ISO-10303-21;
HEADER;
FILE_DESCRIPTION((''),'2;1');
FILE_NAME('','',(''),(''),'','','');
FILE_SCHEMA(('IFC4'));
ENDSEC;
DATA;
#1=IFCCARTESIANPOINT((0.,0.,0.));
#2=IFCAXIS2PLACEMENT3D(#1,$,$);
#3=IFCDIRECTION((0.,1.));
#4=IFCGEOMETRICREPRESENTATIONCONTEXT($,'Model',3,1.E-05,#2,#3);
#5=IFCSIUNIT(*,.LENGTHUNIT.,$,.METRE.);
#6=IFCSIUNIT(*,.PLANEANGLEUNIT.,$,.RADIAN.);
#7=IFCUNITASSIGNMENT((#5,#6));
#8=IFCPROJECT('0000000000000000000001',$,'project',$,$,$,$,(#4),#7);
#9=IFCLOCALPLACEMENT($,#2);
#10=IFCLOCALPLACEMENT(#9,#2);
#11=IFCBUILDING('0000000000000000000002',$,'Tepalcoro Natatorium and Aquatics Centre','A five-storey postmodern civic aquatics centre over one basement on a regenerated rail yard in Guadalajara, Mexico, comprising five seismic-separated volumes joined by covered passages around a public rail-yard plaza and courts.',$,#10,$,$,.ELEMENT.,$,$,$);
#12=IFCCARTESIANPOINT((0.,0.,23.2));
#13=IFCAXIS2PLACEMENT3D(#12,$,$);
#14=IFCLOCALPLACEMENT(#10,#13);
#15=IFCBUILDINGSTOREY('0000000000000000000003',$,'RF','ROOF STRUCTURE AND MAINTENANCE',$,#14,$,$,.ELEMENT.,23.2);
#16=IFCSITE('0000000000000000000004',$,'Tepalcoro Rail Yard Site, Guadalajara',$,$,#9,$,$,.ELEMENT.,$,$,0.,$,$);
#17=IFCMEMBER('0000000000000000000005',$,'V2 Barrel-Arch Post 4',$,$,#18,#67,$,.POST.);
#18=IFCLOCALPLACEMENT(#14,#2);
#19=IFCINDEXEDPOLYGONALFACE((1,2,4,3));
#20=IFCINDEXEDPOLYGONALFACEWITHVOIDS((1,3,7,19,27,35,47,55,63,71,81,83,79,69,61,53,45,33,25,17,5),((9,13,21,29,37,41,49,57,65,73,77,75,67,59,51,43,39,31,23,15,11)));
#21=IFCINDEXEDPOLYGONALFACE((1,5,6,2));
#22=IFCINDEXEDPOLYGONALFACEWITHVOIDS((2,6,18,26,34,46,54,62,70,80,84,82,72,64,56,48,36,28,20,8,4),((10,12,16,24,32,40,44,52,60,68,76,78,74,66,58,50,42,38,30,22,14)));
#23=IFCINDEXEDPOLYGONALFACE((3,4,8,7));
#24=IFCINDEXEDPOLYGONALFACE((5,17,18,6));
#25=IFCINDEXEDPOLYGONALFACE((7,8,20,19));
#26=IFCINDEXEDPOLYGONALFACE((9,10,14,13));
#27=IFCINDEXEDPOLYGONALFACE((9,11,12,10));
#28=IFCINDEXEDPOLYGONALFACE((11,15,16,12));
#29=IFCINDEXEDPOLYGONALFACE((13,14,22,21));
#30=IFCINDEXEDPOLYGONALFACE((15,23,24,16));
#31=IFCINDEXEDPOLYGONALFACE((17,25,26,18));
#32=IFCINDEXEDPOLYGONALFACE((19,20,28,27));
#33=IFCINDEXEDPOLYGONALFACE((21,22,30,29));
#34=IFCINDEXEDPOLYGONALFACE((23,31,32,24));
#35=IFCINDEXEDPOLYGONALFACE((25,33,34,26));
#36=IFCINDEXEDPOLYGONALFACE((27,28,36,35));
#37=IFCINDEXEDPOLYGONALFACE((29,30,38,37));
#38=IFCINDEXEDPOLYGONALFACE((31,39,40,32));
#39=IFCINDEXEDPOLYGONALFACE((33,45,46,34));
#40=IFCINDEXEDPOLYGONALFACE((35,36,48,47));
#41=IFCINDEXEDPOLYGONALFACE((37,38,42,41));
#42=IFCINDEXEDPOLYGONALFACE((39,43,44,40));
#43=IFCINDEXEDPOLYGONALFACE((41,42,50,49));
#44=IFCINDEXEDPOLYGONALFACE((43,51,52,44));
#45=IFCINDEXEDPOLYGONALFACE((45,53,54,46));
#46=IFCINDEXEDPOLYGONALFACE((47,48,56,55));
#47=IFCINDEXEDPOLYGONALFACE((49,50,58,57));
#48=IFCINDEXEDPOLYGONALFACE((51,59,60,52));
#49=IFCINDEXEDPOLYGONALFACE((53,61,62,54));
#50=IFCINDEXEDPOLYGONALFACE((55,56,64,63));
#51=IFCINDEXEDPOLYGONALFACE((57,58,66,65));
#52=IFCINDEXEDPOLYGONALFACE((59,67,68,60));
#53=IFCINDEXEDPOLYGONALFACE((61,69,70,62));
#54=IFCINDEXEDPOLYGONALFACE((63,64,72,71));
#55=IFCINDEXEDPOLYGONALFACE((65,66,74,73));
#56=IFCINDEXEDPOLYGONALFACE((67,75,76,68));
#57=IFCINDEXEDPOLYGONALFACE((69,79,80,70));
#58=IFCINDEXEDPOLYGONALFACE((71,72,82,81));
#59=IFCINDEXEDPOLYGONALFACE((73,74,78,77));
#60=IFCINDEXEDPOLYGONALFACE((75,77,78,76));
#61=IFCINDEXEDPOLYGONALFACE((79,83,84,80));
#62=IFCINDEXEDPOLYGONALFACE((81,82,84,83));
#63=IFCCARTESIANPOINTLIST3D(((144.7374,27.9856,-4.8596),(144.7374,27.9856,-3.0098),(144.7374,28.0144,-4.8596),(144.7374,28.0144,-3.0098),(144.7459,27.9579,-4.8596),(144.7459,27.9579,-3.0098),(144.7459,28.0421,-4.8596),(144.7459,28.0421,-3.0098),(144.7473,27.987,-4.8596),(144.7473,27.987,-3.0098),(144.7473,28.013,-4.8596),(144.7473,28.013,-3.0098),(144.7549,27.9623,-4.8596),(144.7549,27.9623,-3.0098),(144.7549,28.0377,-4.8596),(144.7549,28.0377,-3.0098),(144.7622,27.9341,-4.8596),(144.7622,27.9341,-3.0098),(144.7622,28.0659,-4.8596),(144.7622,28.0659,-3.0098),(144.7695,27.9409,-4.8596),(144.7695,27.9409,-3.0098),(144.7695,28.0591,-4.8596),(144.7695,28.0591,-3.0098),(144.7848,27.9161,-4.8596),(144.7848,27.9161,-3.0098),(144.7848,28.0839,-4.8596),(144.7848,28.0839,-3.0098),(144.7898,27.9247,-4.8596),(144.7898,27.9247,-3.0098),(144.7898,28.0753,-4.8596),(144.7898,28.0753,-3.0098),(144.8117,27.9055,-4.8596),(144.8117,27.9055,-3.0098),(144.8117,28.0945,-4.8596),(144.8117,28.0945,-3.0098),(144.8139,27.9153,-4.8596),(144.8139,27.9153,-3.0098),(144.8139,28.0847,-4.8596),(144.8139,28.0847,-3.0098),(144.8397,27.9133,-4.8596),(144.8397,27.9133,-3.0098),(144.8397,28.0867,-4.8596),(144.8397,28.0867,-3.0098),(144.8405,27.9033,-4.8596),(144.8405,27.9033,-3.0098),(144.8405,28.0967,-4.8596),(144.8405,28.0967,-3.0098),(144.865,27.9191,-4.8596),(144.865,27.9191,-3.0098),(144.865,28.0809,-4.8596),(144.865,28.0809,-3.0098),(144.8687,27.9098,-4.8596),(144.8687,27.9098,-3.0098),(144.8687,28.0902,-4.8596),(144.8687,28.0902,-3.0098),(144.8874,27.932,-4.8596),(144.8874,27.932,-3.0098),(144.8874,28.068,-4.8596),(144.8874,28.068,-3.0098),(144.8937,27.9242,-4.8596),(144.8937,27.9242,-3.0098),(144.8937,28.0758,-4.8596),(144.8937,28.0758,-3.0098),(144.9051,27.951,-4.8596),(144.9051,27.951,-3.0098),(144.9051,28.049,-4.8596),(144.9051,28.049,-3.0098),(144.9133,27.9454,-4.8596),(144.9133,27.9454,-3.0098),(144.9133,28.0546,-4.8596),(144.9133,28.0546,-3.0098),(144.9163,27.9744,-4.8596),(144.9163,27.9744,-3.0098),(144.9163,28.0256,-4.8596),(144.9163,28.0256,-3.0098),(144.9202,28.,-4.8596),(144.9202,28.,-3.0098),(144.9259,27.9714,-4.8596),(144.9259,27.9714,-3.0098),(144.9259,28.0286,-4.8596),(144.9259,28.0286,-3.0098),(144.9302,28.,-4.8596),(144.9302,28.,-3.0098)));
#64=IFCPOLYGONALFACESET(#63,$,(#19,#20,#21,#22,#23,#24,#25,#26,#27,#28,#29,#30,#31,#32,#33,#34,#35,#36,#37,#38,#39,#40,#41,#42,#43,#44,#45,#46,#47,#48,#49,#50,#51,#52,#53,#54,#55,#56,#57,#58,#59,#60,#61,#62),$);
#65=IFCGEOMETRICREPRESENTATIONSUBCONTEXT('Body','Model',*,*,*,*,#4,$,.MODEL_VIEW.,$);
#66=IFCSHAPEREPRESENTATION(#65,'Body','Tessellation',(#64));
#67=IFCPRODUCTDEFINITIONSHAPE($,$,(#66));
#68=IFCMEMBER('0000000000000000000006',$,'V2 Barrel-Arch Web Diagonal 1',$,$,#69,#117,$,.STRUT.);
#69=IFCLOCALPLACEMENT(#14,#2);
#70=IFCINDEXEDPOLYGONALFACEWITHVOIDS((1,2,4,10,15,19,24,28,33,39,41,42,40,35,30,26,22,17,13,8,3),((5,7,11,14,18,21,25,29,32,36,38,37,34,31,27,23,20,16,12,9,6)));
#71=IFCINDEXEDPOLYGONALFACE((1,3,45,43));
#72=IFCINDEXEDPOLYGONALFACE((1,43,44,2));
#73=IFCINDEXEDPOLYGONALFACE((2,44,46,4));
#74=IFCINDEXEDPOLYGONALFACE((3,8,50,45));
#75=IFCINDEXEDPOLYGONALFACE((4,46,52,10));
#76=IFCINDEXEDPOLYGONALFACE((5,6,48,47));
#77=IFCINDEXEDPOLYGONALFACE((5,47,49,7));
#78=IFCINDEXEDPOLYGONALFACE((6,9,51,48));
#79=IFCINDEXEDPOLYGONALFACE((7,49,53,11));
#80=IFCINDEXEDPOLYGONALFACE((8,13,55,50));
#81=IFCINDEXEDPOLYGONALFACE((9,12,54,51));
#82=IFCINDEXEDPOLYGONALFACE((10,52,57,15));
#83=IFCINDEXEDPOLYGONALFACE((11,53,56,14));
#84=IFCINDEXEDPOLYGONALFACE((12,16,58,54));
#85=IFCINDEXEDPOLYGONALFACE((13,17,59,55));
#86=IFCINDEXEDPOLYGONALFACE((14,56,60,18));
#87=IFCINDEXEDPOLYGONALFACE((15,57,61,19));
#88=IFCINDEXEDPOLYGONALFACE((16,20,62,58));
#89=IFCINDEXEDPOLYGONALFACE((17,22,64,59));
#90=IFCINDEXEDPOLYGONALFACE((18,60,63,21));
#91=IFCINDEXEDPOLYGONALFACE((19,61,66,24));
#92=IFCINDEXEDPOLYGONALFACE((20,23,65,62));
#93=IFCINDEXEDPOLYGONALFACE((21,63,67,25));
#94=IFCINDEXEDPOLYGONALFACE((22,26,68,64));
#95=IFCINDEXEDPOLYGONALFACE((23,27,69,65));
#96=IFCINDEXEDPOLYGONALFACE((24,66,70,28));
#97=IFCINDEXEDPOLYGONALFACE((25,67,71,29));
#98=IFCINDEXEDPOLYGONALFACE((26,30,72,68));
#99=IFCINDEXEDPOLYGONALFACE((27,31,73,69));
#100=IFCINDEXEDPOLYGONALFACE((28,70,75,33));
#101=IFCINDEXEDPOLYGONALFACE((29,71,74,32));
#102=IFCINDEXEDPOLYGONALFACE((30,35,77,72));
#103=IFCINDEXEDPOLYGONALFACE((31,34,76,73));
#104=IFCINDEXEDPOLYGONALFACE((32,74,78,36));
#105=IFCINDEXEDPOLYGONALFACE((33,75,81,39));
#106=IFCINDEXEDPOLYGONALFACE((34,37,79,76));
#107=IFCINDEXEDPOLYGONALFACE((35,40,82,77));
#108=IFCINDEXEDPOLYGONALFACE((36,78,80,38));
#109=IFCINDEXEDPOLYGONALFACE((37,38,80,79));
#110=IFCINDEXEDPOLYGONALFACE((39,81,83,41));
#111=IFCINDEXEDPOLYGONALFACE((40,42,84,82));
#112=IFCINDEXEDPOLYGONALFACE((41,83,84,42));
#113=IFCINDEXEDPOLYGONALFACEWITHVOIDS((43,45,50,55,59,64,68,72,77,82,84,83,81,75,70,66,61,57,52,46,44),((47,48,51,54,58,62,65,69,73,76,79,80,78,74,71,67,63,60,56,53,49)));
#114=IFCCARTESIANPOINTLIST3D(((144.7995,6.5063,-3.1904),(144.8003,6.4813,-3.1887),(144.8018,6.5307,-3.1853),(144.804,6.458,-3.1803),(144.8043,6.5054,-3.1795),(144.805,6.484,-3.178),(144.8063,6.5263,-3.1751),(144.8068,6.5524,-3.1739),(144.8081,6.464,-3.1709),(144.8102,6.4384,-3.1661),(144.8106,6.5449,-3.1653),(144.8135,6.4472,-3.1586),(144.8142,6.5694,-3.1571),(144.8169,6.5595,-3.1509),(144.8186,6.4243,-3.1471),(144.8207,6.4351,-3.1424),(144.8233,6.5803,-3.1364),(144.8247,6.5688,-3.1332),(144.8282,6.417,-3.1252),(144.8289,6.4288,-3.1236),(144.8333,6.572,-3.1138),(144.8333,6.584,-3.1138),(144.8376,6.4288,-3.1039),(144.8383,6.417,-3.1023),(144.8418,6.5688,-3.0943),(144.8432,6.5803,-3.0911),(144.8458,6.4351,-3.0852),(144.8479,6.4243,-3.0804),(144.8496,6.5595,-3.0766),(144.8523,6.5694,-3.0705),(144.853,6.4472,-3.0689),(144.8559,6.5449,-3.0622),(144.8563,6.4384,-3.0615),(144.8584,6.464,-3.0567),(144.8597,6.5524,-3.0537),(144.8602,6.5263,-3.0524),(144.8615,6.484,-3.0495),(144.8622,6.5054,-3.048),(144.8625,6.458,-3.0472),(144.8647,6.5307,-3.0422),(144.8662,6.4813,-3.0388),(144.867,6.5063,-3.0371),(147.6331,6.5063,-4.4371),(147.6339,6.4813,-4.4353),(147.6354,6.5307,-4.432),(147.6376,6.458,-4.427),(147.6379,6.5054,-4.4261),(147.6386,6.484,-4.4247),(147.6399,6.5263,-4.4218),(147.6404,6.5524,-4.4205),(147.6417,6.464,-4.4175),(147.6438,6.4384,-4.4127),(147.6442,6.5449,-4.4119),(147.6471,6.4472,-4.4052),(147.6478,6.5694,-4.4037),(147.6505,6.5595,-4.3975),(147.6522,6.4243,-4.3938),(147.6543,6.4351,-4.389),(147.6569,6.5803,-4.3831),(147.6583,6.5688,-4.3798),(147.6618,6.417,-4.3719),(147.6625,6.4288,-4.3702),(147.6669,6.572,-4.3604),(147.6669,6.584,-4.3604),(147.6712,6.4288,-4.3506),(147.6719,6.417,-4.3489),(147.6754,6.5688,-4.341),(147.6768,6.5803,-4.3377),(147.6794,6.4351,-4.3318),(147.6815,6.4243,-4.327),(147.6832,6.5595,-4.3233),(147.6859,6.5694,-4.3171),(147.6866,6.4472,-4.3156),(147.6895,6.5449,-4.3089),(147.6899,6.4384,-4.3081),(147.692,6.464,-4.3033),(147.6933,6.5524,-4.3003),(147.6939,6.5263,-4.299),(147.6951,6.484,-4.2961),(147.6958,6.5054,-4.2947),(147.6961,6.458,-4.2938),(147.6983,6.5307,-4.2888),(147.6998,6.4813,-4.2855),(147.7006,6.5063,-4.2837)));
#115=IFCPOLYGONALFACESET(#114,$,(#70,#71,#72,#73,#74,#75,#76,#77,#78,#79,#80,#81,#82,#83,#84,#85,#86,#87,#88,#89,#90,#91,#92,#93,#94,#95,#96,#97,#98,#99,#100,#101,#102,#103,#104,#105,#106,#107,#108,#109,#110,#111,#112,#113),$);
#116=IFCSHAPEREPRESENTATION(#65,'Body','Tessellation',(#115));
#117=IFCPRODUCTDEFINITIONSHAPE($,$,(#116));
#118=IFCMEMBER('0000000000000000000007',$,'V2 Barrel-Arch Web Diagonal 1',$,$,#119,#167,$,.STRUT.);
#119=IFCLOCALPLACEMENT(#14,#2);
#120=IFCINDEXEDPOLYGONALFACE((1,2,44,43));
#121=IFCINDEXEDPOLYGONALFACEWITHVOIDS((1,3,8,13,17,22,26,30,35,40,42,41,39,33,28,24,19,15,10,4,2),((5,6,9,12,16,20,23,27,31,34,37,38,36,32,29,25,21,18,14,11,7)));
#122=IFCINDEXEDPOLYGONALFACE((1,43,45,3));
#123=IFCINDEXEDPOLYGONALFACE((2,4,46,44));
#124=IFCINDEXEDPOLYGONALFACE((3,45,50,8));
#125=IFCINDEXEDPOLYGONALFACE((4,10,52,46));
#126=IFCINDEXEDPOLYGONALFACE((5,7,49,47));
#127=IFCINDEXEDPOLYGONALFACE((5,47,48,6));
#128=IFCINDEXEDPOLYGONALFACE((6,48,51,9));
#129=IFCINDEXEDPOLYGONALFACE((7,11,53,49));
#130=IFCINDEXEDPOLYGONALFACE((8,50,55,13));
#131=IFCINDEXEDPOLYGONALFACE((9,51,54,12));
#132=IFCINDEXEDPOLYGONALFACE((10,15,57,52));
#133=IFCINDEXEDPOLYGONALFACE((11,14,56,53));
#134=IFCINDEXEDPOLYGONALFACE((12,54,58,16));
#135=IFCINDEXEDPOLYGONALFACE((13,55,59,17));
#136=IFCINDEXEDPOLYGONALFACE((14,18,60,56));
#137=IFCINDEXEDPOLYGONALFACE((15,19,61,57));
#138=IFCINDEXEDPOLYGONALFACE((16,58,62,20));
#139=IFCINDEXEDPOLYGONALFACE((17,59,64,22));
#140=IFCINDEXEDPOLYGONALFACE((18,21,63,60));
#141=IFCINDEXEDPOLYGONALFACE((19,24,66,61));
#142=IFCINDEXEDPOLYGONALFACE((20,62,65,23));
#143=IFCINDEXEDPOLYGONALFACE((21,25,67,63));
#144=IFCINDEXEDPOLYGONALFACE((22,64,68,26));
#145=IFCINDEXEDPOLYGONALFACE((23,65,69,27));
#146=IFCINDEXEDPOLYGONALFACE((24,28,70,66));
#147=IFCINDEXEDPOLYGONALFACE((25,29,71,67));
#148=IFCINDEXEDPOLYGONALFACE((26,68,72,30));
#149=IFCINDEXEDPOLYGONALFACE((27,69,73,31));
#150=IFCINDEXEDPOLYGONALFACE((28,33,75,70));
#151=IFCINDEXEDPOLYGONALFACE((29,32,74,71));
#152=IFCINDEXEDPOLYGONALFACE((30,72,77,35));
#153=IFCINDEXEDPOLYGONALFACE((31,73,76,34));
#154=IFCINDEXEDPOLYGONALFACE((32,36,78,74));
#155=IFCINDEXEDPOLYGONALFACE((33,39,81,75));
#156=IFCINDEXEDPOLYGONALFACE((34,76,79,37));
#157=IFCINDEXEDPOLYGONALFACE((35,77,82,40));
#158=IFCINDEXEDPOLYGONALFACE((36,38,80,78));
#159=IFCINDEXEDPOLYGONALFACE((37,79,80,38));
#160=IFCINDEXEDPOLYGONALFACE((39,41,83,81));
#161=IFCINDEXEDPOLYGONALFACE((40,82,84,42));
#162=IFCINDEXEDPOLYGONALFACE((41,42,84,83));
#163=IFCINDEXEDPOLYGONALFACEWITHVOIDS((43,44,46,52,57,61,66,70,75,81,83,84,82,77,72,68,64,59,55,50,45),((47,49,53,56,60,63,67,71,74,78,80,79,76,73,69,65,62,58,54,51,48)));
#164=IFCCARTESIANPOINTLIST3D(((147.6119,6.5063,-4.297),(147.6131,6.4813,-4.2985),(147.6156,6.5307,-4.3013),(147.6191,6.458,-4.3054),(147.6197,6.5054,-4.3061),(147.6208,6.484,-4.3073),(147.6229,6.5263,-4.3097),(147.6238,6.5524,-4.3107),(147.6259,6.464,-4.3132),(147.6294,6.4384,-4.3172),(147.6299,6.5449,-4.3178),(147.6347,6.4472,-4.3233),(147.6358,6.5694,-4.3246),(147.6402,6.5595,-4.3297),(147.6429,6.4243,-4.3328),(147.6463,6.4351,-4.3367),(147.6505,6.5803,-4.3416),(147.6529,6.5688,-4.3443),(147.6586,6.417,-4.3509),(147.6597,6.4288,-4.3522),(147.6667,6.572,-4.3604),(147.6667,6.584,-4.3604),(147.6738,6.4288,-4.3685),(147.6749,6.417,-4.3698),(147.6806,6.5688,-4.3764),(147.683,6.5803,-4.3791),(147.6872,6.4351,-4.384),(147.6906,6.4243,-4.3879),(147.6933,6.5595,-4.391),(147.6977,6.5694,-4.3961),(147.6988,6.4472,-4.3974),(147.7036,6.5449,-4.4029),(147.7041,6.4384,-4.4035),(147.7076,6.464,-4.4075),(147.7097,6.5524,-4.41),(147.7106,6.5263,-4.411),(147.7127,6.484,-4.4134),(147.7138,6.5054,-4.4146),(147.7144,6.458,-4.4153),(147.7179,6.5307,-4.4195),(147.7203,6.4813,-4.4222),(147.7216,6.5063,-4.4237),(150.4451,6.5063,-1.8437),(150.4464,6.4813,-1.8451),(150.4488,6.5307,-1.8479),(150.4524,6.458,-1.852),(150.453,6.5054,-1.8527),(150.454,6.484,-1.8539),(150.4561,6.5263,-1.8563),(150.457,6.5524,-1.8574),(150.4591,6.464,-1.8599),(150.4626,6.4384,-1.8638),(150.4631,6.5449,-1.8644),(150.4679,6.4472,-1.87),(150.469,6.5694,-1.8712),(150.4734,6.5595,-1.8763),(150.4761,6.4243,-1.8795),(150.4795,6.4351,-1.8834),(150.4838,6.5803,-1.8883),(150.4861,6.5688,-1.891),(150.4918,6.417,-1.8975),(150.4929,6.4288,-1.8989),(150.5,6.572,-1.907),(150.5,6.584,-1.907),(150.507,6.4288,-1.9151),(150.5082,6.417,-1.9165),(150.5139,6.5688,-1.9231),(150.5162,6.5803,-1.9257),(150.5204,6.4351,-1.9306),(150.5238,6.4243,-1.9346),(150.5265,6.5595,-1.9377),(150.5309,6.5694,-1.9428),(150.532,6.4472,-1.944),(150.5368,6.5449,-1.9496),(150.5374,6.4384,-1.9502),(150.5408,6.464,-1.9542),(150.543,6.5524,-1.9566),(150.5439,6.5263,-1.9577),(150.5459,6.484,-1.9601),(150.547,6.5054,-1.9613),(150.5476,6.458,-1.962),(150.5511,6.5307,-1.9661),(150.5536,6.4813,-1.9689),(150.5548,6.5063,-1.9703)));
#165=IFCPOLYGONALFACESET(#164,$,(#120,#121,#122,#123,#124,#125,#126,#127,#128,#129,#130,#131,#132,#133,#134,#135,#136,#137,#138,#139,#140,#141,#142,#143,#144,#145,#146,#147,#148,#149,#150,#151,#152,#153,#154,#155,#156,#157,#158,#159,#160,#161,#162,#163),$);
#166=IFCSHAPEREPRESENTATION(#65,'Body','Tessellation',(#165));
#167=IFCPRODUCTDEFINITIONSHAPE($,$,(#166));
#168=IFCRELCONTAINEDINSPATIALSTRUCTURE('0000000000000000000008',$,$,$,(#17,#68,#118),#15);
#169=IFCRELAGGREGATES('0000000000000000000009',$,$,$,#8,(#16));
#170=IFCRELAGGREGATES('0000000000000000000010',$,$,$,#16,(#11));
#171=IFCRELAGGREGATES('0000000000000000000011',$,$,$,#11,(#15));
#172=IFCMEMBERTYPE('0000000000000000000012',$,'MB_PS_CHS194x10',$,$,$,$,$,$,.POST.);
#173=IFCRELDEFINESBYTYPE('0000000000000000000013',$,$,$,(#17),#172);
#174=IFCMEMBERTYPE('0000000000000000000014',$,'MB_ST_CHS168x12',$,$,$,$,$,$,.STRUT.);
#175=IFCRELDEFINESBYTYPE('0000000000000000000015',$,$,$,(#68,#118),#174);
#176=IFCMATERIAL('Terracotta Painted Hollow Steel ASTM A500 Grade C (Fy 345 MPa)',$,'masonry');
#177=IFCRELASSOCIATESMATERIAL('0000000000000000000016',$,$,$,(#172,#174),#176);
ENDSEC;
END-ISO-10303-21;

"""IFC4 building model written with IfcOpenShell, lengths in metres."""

from ifc_helpers import new_model, si_unit, direction, frame, origin, origin_2d, place, context, subcontext, project, spatial, hollow_circle, extrude, material, material_profile, profile_set, type_object, element, save


model = new_model("IFC4")

# Units and contexts
model_context = context("Model", 3, precision=1e-05, world=origin(), true_north=direction((0.0, 1.0)))
body_context = subcontext(model_context, "Body", "Model", "MODEL_VIEW")
ifc_project = project(units=[si_unit("LENGTHUNIT", "METRE"), si_unit("PLANEANGLEUNIT", "RADIAN")], contexts=[model_context])

# Site, building, storey
site_placement = place(None, origin())
site = spatial("IfcSite", under=ifc_project, at=site_placement, Name="Tepalcoro Rail Yard Site, Guadalajara", CompositionType="ELEMENT", RefElevation=0.0)
building_placement = place(site_placement, origin())
building = spatial("IfcBuilding", under=site, at=building_placement, Name="Tepalcoro Natatorium and Aquatics Centre", Description="A five-storey postmodern civic aquatics centre over one basement on a regenerated rail yard in Guadalajara, Mexico, comprising five seismic-separated volumes joined by covered passages around a public rail-yard plaza and courts.", CompositionType="ELEMENT")
storey_placement = place(building_placement, frame((0.0, 0.0, 23.2)))
storey = spatial("IfcBuildingStorey", under=building, at=storey_placement, Name="RF", Description="ROOF STRUCTURE AND MAINTENANCE", CompositionType="ELEMENT", Elevation=23.2)

# Shared definitions
ifc_material = material(Name="Terracotta Painted Hollow Steel ASTM A500 Grade C (Fy 345 MPa)", Category="masonry")

# Members
ifc_material_profile_1 = material_profile(ifc_material, hollow_circle(Radius=0.0969, WallThickness=0.01, at=origin_2d()), Name="CHS194X10")
ifc_profile_set_1 = profile_set([ifc_material_profile_1], Name="Terracotta Painted Hollow Steel ASTM A500 Grade C (Fy 345 MPa)")
member_type_1 = type_object("IfcMemberType", Name="MB_PS_CHS194x10", PredefinedType="POST", material=ifc_profile_set_1)
for number, where, z_axis, x_axis, name in (
    (1, (144.8333, 28.0, -4.8596), (0.0, 0.0, 1.0), (1.0, 0.0, 0.0), "V2 Barrel-Arch Post 4"),
):
    element("IfcMember", number, at=place(storey_placement, frame(where, z_axis=z_axis, x_axis=x_axis)), inside=storey, type_object=member_type_1, Name=name, PredefinedType="POST", context=body_context, shape_type="SweptSolid", body=[
        extrude(hollow_circle(Radius=0.0969, WallThickness=0.01, at=origin_2d()), origin(), (0.0, 0.0, 1.0), 1.8499),
    ])
ifc_material_profile_2 = material_profile(ifc_material, hollow_circle(Radius=0.084, WallThickness=0.012, at=origin_2d()), Name="CHS168X12")
ifc_profile_set_2 = profile_set([ifc_material_profile_2], Name="Terracotta Painted Hollow Steel ASTM A500 Grade C (Fy 345 MPa)")
member_type_2 = type_object("IfcMemberType", Name="MB_ST_CHS168x12", PredefinedType="STRUT", material=ifc_profile_set_2)
member_1_placement = place(storey_placement, frame((144.8333, 6.5, -3.1138), z_axis=(0.915334, 0.0, -0.402696), x_axis=(0.0, 1.0, 0.0)))
element("IfcMember", 2, at=member_1_placement, inside=storey, type_object=member_type_2, Name="V2 Barrel-Arch Web Diagonal 1", PredefinedType="STRUT", context=body_context, shape_type="SweptSolid", body=[
    extrude(hollow_circle(Radius=0.084, WallThickness=0.012, at=origin_2d()), origin(), (0.0, 0.0, 1.0), 3.0957),
])
member_2_placement = place(storey_placement, frame((147.6667, 6.5, -4.3604), z_axis=(0.755968, 0.0, 0.654608), x_axis=(0.0, 1.0, 0.0)))
element("IfcMember", 3, at=member_2_placement, inside=storey, type_object=member_type_2, Name="V2 Barrel-Arch Web Diagonal 1", PredefinedType="STRUT", context=body_context, shape_type="SweptSolid", body=[
    extrude(hollow_circle(Radius=0.084, WallThickness=0.012, at=origin_2d()), origin(), (0.0, 0.0, 1.0), 3.7478),
])

save(model, "model.ifc")
